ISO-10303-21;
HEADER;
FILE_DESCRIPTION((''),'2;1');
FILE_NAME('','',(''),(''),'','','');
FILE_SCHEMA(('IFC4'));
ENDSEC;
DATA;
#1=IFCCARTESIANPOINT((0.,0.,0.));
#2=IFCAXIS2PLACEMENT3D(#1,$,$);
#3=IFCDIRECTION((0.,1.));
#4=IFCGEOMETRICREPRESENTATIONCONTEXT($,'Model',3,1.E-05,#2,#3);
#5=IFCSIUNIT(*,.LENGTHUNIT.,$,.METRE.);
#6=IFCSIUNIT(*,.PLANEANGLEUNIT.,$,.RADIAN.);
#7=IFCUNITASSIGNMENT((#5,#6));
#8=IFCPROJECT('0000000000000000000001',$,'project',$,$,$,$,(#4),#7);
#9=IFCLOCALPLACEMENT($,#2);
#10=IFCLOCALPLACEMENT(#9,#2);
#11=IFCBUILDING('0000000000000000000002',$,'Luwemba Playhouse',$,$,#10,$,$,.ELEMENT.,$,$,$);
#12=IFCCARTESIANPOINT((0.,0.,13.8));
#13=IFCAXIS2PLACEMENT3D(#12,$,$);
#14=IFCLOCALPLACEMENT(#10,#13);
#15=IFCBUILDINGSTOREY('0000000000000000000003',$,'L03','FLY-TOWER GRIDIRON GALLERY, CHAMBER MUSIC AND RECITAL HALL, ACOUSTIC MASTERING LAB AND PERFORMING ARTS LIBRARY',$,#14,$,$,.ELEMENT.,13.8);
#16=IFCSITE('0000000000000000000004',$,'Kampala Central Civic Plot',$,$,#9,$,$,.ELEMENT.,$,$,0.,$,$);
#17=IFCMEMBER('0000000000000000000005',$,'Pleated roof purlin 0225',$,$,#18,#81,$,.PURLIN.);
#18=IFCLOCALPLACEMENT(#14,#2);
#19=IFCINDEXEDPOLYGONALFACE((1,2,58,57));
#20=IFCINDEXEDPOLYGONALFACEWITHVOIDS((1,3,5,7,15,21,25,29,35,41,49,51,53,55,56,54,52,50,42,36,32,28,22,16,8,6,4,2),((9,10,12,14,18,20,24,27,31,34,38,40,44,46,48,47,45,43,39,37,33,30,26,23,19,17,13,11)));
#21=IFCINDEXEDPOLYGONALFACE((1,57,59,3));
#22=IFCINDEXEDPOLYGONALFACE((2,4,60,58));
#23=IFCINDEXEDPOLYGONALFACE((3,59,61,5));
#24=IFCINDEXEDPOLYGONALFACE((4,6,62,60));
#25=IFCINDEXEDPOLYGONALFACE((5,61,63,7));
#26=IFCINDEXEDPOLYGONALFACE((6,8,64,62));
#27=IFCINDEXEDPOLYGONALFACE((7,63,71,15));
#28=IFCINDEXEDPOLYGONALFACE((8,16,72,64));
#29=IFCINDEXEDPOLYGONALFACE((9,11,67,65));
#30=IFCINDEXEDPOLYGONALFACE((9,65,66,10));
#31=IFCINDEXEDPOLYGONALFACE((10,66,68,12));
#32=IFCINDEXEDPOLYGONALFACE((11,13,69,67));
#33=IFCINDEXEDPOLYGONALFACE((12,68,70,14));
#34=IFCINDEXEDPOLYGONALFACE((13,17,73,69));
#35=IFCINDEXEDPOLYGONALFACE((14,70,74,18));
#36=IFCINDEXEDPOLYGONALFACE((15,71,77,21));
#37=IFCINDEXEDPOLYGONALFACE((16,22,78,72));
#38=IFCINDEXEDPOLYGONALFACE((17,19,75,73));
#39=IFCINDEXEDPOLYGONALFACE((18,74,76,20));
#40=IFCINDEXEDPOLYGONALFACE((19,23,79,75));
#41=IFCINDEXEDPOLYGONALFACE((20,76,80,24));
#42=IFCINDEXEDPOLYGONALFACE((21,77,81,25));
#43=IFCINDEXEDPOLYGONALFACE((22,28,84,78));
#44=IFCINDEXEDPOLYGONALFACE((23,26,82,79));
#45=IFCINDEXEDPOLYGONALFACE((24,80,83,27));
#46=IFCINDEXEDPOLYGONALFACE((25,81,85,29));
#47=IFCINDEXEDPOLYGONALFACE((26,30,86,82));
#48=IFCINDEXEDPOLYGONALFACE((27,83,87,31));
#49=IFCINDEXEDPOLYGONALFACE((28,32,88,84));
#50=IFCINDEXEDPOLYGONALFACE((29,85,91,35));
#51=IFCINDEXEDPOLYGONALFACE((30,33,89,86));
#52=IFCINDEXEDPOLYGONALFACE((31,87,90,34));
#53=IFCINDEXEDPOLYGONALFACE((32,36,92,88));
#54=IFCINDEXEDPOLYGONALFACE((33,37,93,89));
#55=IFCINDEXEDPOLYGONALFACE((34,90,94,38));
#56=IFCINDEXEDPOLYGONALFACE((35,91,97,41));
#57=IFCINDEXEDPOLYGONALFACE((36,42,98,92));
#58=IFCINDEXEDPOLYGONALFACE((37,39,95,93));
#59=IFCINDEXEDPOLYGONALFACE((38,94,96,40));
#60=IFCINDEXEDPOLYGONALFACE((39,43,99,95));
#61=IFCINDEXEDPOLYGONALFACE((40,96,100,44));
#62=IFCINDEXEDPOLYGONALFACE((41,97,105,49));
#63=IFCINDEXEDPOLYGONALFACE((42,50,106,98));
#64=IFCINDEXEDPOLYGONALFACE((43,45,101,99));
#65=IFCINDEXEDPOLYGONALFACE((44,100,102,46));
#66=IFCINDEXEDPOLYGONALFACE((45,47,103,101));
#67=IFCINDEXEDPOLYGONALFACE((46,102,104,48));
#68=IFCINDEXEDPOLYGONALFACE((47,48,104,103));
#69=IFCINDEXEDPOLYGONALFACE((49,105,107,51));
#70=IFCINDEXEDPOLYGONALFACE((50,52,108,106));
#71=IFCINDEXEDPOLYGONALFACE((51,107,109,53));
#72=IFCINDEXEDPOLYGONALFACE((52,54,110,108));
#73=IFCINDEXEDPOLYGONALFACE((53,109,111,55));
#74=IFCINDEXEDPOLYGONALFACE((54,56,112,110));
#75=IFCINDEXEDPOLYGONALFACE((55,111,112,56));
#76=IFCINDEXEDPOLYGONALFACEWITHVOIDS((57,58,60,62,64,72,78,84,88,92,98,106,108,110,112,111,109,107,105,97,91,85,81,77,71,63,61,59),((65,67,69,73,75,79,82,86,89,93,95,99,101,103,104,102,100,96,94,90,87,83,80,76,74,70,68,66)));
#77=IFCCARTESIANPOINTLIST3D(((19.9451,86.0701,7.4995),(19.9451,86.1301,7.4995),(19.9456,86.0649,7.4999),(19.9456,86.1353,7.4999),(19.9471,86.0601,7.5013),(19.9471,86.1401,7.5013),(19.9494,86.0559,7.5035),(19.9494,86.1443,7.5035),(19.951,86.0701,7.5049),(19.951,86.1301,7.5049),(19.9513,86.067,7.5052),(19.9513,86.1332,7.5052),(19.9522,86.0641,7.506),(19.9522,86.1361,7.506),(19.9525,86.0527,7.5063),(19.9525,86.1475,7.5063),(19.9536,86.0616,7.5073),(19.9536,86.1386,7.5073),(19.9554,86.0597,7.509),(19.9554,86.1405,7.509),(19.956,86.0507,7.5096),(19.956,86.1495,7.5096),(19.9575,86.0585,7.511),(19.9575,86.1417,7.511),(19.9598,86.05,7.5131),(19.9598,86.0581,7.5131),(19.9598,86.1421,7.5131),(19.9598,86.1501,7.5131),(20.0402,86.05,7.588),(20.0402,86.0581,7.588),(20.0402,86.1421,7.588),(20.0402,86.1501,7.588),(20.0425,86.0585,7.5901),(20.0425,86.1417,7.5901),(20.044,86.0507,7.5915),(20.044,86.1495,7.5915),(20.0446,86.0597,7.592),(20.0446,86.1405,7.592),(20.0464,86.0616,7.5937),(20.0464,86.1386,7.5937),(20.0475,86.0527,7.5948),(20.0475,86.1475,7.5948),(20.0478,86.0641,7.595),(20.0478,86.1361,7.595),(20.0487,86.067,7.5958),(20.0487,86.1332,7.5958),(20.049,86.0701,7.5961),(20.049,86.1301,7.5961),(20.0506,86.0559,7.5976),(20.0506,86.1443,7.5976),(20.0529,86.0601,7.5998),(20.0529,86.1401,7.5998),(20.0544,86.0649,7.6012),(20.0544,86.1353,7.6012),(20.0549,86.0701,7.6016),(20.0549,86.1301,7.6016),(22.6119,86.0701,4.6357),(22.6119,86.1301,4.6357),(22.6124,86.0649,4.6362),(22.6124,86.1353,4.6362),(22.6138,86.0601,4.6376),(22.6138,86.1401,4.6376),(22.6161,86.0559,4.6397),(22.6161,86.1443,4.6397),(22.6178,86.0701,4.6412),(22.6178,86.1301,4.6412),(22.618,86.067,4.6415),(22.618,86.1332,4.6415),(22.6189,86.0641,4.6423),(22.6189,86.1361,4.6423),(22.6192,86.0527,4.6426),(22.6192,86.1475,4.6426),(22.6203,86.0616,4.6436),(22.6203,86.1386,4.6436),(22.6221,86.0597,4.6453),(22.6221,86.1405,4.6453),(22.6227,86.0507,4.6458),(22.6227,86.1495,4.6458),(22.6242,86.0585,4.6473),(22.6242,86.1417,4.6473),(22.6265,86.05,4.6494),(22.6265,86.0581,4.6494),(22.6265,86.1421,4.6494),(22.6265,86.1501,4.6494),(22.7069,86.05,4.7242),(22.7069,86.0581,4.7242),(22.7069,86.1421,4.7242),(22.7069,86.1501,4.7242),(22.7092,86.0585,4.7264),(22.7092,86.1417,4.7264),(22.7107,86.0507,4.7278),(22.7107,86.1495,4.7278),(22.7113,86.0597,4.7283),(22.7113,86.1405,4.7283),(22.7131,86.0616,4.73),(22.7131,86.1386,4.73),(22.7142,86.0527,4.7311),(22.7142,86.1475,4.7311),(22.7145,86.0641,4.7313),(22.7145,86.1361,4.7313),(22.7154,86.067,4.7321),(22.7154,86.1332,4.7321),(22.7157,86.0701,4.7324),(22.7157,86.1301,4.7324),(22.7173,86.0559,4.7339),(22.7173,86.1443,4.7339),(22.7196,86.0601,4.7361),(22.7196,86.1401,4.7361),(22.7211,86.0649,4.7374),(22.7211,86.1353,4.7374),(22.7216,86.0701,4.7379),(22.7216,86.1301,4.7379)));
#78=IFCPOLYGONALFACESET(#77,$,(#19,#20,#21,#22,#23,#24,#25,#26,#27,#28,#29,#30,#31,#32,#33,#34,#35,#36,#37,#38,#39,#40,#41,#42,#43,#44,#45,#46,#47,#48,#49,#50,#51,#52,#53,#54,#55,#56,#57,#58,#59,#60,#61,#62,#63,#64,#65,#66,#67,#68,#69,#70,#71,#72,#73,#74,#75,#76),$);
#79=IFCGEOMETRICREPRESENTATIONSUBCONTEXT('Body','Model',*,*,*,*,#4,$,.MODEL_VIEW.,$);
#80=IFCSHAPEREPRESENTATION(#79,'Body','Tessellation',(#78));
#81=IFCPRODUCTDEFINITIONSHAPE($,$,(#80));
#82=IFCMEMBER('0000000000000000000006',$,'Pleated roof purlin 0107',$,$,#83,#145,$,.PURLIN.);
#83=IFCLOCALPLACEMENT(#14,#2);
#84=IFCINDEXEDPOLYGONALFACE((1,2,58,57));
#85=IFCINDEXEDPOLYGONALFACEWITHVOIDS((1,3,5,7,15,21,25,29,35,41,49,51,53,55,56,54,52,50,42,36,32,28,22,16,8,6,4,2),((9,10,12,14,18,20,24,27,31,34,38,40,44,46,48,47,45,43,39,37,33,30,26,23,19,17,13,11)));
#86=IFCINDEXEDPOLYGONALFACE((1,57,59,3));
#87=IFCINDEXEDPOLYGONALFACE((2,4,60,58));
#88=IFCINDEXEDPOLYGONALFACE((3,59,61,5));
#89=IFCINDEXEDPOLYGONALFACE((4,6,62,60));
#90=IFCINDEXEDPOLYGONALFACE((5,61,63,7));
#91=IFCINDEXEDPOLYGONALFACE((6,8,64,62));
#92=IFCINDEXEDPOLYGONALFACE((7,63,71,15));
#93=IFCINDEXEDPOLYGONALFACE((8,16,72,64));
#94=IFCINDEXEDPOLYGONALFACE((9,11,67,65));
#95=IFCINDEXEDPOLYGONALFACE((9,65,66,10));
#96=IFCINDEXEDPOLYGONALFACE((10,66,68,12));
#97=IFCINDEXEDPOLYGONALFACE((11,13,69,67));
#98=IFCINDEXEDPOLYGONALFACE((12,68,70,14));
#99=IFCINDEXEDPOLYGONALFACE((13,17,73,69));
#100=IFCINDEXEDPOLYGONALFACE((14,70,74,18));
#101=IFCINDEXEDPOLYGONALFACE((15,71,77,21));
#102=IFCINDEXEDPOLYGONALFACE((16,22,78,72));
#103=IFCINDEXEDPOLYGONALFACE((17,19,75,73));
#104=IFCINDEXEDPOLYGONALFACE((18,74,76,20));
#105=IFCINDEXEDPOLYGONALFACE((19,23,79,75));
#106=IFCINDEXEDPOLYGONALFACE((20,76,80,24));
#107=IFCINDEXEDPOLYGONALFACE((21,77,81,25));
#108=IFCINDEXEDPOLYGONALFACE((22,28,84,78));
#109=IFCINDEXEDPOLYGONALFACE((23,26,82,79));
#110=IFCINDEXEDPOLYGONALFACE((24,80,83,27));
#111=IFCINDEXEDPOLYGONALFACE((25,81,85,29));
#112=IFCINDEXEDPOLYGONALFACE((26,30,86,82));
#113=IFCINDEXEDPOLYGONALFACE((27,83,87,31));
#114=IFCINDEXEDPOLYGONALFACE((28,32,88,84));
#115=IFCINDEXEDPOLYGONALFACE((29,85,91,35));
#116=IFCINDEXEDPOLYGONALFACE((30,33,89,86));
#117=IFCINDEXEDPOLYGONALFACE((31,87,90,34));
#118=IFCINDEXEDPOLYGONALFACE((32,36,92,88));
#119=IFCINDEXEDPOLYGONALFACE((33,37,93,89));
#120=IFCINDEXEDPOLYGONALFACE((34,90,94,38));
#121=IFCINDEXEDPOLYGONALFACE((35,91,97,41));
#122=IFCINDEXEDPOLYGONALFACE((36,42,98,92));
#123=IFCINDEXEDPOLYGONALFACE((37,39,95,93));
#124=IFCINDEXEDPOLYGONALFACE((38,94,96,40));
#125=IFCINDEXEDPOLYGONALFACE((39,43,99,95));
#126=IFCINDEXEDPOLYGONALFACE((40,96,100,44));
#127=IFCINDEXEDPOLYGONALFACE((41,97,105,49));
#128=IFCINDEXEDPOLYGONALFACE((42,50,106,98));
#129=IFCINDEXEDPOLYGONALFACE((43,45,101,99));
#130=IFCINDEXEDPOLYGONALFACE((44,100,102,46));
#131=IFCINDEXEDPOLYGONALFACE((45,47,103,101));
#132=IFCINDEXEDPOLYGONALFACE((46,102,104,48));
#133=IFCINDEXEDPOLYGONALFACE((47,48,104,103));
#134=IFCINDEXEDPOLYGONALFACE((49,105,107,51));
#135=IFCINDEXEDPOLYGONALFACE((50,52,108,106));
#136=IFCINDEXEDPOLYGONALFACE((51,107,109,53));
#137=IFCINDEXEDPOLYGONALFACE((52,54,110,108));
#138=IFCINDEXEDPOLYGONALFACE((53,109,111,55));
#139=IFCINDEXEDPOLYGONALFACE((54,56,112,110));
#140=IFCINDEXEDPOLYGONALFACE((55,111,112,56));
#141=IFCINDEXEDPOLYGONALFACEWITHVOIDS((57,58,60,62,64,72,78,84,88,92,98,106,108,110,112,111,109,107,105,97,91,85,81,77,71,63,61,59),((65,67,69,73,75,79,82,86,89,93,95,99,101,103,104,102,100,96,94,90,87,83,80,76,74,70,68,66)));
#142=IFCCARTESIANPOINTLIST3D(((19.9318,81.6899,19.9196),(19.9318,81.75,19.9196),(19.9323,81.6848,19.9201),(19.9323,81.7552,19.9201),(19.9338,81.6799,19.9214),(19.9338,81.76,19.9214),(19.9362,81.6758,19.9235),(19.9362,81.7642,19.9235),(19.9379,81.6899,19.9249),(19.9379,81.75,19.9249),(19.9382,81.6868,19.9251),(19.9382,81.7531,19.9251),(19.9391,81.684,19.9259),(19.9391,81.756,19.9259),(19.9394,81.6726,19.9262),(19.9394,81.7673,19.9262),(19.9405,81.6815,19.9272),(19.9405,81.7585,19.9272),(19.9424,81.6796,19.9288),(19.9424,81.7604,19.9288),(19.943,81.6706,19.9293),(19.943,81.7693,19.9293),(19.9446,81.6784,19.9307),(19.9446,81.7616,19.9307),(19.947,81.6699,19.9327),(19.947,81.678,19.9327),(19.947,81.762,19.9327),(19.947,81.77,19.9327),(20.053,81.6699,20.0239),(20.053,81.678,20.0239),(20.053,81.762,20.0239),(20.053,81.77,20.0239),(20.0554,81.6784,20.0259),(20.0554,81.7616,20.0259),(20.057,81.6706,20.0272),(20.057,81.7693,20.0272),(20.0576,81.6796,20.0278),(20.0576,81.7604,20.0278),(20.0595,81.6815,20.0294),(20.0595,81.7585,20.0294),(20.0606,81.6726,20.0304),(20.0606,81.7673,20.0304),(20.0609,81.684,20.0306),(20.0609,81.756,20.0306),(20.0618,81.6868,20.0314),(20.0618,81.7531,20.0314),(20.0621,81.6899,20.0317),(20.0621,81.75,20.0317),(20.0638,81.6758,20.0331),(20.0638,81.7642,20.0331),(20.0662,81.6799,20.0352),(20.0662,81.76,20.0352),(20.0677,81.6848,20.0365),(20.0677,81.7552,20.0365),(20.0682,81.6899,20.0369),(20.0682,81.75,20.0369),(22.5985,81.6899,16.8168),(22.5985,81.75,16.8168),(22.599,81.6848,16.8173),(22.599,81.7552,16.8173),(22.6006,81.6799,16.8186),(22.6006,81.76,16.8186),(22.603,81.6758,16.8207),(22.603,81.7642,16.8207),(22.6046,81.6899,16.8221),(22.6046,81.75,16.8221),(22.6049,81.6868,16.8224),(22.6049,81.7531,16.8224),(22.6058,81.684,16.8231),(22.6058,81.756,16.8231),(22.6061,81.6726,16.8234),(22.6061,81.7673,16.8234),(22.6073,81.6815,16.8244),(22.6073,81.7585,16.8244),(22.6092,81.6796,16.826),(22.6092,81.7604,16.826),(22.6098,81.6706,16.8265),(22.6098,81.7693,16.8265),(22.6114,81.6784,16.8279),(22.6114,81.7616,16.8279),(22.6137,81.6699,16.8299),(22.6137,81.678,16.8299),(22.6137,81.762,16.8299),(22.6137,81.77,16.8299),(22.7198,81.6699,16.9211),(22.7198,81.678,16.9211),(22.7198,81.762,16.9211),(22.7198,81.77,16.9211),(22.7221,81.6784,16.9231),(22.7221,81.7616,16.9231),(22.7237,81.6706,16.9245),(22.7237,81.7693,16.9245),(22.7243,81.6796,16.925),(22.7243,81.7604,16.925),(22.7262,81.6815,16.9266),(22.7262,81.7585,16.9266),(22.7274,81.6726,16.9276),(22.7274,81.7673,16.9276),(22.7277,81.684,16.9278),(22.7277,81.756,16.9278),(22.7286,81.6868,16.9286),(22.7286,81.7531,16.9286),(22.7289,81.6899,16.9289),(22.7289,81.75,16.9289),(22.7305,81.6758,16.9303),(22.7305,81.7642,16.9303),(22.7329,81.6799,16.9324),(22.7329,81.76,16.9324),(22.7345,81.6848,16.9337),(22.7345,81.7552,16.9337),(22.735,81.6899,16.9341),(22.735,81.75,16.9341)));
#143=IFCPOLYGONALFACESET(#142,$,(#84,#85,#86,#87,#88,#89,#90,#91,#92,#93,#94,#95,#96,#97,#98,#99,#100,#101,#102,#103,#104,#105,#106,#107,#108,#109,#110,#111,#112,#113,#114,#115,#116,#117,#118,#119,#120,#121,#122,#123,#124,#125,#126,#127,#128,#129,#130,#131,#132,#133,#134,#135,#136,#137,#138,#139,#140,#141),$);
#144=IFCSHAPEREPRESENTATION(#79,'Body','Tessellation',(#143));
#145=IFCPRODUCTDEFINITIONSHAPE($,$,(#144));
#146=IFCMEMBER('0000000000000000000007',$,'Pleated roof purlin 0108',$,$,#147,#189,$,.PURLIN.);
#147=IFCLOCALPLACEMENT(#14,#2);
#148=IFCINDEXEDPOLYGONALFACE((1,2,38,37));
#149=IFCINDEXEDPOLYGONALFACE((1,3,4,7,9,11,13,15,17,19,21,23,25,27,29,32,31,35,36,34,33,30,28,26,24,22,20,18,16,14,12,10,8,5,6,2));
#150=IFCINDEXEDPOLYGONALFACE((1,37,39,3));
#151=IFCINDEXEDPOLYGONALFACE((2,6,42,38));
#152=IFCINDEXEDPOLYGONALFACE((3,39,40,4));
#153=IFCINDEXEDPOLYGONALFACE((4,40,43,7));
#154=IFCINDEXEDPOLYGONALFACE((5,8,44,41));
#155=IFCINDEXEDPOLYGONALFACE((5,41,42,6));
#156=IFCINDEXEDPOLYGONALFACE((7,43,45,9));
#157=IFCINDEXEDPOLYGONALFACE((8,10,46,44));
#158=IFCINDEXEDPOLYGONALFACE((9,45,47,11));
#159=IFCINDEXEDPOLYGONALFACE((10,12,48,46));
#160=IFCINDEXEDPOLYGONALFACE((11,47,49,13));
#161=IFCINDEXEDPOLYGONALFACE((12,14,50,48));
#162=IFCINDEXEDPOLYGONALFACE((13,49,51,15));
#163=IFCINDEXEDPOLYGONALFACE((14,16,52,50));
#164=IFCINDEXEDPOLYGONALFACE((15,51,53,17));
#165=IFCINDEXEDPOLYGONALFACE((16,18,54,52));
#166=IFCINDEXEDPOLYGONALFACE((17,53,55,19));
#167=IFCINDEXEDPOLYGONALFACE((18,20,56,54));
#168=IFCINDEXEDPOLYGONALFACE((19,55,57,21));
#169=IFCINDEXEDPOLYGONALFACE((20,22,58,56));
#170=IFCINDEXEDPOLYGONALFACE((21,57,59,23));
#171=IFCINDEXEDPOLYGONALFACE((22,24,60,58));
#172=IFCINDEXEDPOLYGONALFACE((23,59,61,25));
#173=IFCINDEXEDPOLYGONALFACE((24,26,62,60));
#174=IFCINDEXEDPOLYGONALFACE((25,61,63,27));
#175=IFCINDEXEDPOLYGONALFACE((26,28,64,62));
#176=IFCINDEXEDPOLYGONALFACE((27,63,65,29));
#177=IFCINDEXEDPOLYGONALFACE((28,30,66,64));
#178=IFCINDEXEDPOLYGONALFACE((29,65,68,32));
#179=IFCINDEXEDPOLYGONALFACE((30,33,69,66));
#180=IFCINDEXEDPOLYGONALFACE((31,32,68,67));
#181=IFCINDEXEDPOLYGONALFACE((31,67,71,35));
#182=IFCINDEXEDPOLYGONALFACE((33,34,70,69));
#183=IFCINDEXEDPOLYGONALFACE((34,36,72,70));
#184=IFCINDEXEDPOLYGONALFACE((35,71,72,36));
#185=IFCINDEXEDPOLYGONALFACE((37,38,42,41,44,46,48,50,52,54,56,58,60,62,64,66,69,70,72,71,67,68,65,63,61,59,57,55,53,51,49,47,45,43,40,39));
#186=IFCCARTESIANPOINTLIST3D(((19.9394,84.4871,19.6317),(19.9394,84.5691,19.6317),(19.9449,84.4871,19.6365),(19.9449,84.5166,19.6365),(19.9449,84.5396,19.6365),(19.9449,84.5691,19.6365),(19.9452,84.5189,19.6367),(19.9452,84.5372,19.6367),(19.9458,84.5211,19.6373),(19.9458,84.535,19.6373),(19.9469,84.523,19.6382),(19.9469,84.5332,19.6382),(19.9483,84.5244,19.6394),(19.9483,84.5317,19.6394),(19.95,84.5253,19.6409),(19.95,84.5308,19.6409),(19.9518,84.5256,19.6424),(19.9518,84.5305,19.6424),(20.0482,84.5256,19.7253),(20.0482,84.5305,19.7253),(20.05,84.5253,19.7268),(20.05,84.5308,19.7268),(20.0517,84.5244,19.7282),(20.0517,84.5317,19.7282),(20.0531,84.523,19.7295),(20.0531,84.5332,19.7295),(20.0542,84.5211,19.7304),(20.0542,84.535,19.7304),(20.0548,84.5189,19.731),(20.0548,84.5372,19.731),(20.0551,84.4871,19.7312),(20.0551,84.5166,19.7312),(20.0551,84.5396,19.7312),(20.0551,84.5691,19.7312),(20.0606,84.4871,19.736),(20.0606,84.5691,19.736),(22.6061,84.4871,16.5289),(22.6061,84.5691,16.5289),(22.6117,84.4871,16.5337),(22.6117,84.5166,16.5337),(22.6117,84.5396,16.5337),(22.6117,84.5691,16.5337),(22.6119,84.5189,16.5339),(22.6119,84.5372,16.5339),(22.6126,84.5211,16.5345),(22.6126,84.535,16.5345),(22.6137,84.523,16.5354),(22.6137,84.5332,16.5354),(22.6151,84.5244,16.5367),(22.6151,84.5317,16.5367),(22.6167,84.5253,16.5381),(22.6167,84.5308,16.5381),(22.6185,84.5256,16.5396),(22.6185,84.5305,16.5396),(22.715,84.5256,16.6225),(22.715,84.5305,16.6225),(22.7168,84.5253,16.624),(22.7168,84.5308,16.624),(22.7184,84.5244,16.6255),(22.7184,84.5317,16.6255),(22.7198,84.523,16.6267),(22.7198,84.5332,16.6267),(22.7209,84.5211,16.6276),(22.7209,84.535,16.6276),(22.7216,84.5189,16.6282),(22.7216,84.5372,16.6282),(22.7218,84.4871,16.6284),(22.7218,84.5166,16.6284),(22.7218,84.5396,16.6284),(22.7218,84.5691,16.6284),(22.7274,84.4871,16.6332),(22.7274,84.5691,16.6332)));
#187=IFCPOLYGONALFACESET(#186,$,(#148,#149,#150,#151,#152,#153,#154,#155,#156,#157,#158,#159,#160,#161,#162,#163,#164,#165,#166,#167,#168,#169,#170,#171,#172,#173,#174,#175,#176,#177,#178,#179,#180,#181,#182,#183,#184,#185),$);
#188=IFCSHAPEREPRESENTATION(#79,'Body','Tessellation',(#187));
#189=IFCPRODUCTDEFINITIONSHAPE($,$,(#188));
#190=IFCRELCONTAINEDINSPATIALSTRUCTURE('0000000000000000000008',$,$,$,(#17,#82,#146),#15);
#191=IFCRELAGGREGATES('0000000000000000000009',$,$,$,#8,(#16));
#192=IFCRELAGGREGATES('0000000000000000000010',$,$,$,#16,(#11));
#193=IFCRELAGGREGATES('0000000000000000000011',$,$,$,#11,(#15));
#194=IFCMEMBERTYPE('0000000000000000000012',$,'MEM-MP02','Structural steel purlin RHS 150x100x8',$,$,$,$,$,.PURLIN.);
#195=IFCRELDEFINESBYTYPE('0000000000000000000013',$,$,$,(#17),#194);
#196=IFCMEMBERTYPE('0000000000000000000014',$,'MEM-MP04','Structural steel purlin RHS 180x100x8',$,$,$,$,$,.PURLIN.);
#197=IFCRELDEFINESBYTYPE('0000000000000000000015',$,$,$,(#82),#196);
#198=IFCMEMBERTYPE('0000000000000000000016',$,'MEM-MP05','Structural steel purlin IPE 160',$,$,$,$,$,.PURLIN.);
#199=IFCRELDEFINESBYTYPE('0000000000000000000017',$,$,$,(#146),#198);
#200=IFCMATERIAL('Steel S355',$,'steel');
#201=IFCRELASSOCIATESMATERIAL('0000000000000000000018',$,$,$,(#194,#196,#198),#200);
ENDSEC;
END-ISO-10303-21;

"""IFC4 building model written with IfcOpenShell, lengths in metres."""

from ifc_helpers import new_model, si_unit, direction, frame, origin, origin_2d, place, context, subcontext, project, spatial, hollow_rectangle, i_section, extrude, material, material_profile, profile_set, type_object, element, save


model = new_model("IFC4")

# Units and contexts
model_context = context("Model", 3, precision=1e-05, world=origin(), true_north=direction((0.0, 1.0)))
body_context = subcontext(model_context, "Body", "Model", "MODEL_VIEW")
ifc_project = project(units=[si_unit("LENGTHUNIT", "METRE"), si_unit("PLANEANGLEUNIT", "RADIAN")], contexts=[model_context])

# Site, building, storey
site_placement = place(None, origin())
site = spatial("IfcSite", under=ifc_project, at=site_placement, Name="Kampala Central Civic Plot", CompositionType="ELEMENT", RefElevation=0.0)
building_placement = place(site_placement, origin())
building = spatial("IfcBuilding", under=site, at=building_placement, Name="Luwemba Playhouse", CompositionType="ELEMENT")
storey_placement = place(building_placement, frame((0.0, 0.0, 13.8)))
storey = spatial("IfcBuildingStorey", under=building, at=storey_placement, Name="L03", Description="FLY-TOWER GRIDIRON GALLERY, CHAMBER MUSIC AND RECITAL HALL, ACOUSTIC MASTERING LAB AND PERFORMING ARTS LIBRARY", CompositionType="ELEMENT", Elevation=13.8)

# Shared definitions
ifc_material_1 = material(Name="Steel S355", Category="steel")

# Members
ifc_material_profile_1 = material_profile(ifc_material_1, hollow_rectangle(XDim=0.1001, YDim=0.1499, WallThickness=0.0081, InnerFilletRadius=0.012, OuterFilletRadius=0.02, at=origin_2d()))
ifc_profile_set_1 = profile_set([ifc_material_profile_1], Name="Steel S355")
member_type_1 = type_object("IfcMemberType", Name="MEM-MP02", Description="Structural steel purlin RHS 150x100x8", PredefinedType="PURLIN", material=ifc_profile_set_1)
member_1_placement = place(storey_placement, frame((20.0, 86.1001, 7.5505), z_axis=(0.681484, 0.0, -0.731833), x_axis=(0.0, 1.0, 0.0)))
element("IfcMember", 1, at=member_1_placement, inside=storey, type_object=member_type_1, Name="Pleated roof purlin 0225", PredefinedType="PURLIN", context=body_context, shape_type="SweptSolid", body=[
    extrude(hollow_rectangle(XDim=0.1001, YDim=0.1499, WallThickness=0.0081, InnerFilletRadius=0.012, OuterFilletRadius=0.02, at=origin_2d()), origin(), (0.0, 0.0, 1.0), 3.9131),
])
ifc_material_profile_2 = material_profile(ifc_material_1, hollow_rectangle(XDim=0.1001, YDim=0.1799, WallThickness=0.0081, InnerFilletRadius=0.012, OuterFilletRadius=0.02, at=origin_2d()))
ifc_profile_set_2 = profile_set([ifc_material_profile_2], Name="Steel S355")
member_type_2 = type_object("IfcMemberType", Name="MEM-MP04", Description="Structural steel purlin RHS 180x100x8", PredefinedType="PURLIN", material=ifc_profile_set_2)
member_2_placement = place(storey_placement, frame((20.0, 81.72, 19.9783), z_axis=(0.651808, 0.0, -0.758384), x_axis=(0.0, 1.0, 0.0)))
element("IfcMember", 2, at=member_2_placement, inside=storey, type_object=member_type_2, Name="Pleated roof purlin 0107", PredefinedType="PURLIN", context=body_context, shape_type="SweptSolid", body=[
    extrude(hollow_rectangle(XDim=0.1001, YDim=0.1799, WallThickness=0.0081, InnerFilletRadius=0.012, OuterFilletRadius=0.02, at=origin_2d()), origin(), (0.0, 0.0, 1.0), 4.0913),
])
ifc_material_profile_3 = material_profile(ifc_material_1, i_section(OverallWidth=0.082, OverallDepth=0.1599, WebThickness=0.0049, FlangeThickness=0.0073, FilletRadius=0.009, at=origin_2d()))
ifc_profile_set_3 = profile_set([ifc_material_profile_3], Name="Steel S355")
member_type_3 = type_object("IfcMemberType", Name="MEM-MP05", Description="Structural steel purlin IPE 160", PredefinedType="PURLIN", material=ifc_profile_set_3)
member_3_placement = place(storey_placement, frame((20.0, 84.5281, 19.6838), z_axis=(0.651808, 0.0, -0.758384), x_axis=(0.0, 1.0, 0.0)))
element("IfcMember", 3, at=member_3_placement, inside=storey, type_object=member_type_3, Name="Pleated roof purlin 0108", PredefinedType="PURLIN", context=body_context, shape_type="SweptSolid", body=[
    extrude(i_section(OverallWidth=0.082, OverallDepth=0.1599, WebThickness=0.0049, FlangeThickness=0.0073, FilletRadius=0.009, at=origin_2d()), origin(), (0.0, 0.0, 1.0), 4.0913),
])

save(model, "model.ifc")
